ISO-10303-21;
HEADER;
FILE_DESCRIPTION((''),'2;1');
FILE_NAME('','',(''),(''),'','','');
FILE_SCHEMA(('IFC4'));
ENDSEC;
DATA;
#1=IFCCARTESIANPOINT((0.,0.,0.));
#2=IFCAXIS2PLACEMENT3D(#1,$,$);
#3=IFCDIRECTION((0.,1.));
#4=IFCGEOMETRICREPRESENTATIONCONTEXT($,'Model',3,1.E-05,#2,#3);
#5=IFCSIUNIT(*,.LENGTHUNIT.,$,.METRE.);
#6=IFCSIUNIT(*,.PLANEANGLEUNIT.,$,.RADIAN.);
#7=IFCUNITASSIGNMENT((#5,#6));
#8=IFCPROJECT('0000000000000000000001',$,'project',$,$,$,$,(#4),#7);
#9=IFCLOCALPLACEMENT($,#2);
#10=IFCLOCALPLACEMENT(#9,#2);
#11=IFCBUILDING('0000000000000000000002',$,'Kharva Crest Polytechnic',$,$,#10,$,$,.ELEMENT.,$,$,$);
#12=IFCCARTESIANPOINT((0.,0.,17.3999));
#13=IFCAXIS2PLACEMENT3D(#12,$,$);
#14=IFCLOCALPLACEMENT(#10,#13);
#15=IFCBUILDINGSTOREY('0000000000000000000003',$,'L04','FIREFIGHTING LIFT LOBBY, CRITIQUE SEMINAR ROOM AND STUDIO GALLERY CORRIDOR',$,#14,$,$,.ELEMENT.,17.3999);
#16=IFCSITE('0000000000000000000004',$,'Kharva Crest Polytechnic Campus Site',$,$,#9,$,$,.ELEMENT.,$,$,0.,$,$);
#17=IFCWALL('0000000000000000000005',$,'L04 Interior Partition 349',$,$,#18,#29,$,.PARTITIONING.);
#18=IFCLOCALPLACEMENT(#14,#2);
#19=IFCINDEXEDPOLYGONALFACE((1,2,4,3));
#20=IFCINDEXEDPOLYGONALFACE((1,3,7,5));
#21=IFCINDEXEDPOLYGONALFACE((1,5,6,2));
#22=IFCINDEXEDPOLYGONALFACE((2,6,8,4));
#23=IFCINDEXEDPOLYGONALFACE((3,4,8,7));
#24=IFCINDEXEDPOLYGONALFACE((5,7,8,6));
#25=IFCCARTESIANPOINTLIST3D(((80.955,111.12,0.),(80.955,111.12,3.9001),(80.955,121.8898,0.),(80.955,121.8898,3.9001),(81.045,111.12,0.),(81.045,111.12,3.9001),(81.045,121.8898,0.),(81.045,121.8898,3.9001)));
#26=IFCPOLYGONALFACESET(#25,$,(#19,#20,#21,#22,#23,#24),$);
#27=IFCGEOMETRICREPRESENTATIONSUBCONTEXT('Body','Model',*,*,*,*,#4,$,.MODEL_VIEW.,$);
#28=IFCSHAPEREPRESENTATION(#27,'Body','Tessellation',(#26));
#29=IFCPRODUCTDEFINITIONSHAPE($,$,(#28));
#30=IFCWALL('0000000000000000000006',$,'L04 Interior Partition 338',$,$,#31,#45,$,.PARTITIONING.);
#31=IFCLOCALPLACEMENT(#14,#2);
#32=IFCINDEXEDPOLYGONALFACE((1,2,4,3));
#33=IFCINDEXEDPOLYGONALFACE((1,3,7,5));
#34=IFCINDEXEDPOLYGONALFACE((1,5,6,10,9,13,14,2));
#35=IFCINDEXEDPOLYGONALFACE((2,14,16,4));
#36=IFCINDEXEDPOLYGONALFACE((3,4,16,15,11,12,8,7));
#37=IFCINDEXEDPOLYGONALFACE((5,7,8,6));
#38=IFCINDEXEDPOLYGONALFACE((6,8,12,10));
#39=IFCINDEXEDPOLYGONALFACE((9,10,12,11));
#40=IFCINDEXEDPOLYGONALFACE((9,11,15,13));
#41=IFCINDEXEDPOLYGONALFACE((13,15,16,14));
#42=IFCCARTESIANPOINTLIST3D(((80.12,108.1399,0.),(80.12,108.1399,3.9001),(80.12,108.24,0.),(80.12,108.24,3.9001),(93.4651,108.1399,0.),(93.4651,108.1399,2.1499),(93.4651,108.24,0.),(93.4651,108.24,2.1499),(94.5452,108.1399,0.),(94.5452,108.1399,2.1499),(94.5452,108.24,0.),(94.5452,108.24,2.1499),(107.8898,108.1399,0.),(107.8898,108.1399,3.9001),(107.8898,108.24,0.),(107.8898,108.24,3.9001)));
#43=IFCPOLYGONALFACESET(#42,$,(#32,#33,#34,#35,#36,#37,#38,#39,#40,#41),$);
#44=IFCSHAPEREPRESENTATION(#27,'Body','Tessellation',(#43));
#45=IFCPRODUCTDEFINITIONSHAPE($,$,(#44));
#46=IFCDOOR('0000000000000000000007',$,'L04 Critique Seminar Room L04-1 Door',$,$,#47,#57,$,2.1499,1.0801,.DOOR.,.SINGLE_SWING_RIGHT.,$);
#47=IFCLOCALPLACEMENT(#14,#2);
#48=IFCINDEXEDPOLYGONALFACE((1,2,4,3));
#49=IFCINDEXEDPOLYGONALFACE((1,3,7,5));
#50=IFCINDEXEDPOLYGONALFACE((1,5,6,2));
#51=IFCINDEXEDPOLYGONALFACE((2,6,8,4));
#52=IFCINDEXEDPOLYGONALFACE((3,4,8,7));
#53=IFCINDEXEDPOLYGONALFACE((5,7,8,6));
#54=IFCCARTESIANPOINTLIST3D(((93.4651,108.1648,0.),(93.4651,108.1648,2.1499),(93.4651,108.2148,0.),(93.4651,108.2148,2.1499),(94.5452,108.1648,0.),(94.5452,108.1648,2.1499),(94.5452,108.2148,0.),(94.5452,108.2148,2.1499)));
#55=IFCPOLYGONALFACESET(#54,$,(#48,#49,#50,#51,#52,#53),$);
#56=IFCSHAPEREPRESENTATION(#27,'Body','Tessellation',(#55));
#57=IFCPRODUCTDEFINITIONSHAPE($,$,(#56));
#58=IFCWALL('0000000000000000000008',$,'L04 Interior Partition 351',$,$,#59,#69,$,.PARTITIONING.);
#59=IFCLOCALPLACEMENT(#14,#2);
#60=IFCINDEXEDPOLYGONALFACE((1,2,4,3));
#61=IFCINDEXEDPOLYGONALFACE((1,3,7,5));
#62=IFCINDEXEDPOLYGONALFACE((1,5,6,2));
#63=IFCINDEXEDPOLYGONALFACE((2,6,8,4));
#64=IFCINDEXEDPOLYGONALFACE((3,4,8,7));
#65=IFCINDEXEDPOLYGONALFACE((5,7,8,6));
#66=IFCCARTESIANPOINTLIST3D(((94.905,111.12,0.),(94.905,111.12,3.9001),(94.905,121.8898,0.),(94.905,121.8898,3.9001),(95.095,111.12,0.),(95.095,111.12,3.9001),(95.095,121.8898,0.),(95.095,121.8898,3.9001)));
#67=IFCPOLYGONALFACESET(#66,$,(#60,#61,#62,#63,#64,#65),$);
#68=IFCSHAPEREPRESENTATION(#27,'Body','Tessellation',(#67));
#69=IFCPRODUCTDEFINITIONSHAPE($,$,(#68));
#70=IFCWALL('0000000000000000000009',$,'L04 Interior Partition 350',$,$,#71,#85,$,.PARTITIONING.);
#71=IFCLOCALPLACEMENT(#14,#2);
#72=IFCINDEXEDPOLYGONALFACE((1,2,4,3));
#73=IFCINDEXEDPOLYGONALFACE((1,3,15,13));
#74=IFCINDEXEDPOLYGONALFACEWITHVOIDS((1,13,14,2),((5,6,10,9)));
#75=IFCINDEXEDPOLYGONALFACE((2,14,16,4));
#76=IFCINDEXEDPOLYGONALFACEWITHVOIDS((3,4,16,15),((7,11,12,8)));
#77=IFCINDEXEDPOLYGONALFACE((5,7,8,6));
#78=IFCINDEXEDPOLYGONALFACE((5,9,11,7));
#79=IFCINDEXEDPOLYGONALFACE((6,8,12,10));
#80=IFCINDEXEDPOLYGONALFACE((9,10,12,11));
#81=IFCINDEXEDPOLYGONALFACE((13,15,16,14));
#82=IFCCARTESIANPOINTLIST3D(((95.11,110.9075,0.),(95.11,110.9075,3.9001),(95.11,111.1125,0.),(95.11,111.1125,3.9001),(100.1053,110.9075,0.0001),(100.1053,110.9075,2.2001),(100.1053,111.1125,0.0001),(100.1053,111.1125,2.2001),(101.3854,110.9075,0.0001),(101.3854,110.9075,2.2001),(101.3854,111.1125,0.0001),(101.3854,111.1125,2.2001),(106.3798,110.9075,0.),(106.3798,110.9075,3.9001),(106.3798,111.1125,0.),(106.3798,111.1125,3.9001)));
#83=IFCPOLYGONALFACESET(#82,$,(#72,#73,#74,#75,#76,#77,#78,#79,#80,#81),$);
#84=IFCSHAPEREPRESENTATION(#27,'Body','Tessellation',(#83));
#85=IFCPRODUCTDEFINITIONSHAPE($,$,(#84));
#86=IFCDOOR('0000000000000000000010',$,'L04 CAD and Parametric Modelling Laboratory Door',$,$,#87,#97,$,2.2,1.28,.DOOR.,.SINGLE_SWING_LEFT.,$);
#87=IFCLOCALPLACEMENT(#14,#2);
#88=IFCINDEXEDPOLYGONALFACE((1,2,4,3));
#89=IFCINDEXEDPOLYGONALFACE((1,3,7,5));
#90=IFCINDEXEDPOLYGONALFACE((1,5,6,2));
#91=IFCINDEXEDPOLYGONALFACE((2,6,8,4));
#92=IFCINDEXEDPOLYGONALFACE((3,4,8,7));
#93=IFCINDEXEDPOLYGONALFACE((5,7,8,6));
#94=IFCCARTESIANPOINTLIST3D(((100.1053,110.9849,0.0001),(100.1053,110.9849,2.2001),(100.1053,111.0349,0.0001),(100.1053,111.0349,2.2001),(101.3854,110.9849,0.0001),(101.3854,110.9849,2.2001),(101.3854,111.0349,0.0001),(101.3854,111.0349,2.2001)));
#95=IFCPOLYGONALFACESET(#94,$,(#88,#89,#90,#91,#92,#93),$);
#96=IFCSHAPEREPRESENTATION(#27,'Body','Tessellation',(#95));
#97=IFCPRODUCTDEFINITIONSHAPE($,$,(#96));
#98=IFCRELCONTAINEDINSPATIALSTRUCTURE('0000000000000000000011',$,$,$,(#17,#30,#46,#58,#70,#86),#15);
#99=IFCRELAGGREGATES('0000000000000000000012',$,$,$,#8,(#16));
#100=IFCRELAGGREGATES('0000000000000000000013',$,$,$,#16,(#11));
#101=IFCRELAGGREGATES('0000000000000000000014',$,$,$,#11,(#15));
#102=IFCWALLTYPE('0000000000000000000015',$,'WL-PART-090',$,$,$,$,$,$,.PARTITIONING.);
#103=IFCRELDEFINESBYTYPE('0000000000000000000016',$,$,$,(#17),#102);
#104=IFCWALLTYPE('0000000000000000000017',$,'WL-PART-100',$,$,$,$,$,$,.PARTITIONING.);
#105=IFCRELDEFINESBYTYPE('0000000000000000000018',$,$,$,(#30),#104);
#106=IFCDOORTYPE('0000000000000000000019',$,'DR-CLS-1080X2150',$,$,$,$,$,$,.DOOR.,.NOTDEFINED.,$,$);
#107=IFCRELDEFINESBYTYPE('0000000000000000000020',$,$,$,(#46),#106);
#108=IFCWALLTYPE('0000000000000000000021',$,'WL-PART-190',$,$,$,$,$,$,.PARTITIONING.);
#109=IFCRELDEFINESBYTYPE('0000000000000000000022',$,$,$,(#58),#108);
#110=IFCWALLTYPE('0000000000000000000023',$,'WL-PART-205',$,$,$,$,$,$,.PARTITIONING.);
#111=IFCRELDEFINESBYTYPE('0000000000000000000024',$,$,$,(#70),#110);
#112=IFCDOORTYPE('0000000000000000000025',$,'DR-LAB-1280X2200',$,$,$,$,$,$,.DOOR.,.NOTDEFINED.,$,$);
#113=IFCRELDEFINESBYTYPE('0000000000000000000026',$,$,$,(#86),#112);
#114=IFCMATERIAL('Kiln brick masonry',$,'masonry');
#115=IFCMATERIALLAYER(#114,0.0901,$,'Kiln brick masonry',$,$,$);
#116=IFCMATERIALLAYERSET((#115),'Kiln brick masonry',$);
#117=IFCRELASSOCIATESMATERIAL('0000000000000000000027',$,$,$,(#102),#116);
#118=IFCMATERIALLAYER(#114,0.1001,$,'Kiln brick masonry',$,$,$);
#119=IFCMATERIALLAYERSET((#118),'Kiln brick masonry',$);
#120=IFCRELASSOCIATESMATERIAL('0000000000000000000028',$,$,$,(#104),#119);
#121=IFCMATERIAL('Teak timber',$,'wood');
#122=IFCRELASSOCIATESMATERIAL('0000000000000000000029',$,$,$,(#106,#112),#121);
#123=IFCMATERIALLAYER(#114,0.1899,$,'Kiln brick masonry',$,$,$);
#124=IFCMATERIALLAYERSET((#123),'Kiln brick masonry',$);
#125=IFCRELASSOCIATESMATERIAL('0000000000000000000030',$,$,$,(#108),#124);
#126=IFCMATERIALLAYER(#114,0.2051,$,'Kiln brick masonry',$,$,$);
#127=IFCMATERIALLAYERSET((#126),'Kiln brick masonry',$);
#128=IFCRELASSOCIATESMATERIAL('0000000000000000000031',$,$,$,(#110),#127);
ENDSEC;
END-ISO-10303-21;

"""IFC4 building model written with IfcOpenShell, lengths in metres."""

from ifc_helpers import new_model, si_unit, direction, frame, frame_2d, origin, place, context, subcontext, project, spatial, rectangle, extrude, material, layer, layer_set, type_object, element, fill, save


model = new_model("IFC4")

# Units and contexts
model_context = context("Model", 3, precision=1e-05, world=origin(), true_north=direction((0.0, 1.0)))
body_context = subcontext(model_context, "Body", "Model", "MODEL_VIEW")
ifc_project = project(units=[si_unit("LENGTHUNIT", "METRE"), si_unit("PLANEANGLEUNIT", "RADIAN")], contexts=[model_context])

# Site, building, storey
site_placement = place(None, origin())
site = spatial("IfcSite", under=ifc_project, at=site_placement, Name="Kharva Crest Polytechnic Campus Site", CompositionType="ELEMENT", RefElevation=0.0)
building_placement = place(site_placement, origin())
building = spatial("IfcBuilding", under=site, at=building_placement, Name="Kharva Crest Polytechnic", CompositionType="ELEMENT")
storey_placement = place(building_placement, frame((0.0, 0.0, 17.3999)))
storey = spatial("IfcBuildingStorey", under=building, at=storey_placement, Name="L04", Description="FIREFIGHTING LIFT LOBBY, CRITIQUE SEMINAR ROOM AND STUDIO GALLERY CORRIDOR", CompositionType="ELEMENT", Elevation=17.3999)

# Wall
ifc_material_1 = material(Name="Kiln brick masonry", Category="masonry")
ifc_layer_1 = layer(ifc_material_1, 0.0901, Name="Kiln brick masonry")
ifc_layer_set_1 = layer_set([ifc_layer_1], Name="Kiln brick masonry")
wall_type_1 = type_object("IfcWallType", Name="WL-PART-090", PredefinedType="PARTITIONING", material=ifc_layer_set_1)
wall_1_placement = place(storey_placement, frame((81.0, 111.1201, 0.0), z_axis=(0.0, 0.0, 1.0), x_axis=(0.0, 1.0, 0.0)))
element("IfcWall", 1, at=wall_1_placement, inside=storey, type_object=wall_type_1, Name="L04 Interior Partition 349", PredefinedType="PARTITIONING", context=body_context, shape_type="SweptSolid", body=[
    extrude(rectangle(XDim=10.7698, YDim=0.0901, at=frame_2d((5.3848, 0.0))), origin(), (0.0, 0.0, 1.0), 3.9001),
])

# Wall, opening, door
ifc_layer_2 = layer(ifc_material_1, 0.1001, Name="Kiln brick masonry")
ifc_layer_set_2 = layer_set([ifc_layer_2], Name="Kiln brick masonry")
wall_type_2 = type_object("IfcWallType", Name="WL-PART-100", PredefinedType="PARTITIONING", material=ifc_layer_set_2)
wall_2_placement = place(storey_placement, frame((80.1201, 108.1899, 0.0), z_axis=(0.0, 0.0, 1.0), x_axis=(1.0, 0.0, 0.0)))
wall_2 = element("IfcWall", 2, at=wall_2_placement, inside=storey, type_object=wall_type_2, Name="L04 Interior Partition 338", PredefinedType="PARTITIONING", context=body_context, shape_type="SweptSolid", body=[
    extrude(rectangle(XDim=27.7698, YDim=0.1001, at=frame_2d((13.8848, 0.0))), origin(), (0.0, 0.0, 1.0), 3.9001),
])
opening_1_placement = place(wall_2_placement, frame((13.345, 0.0, 0.0)))
opening_1 = element("IfcOpeningElement", 3, at=opening_1_placement, cuts=wall_2, PredefinedType="OPENING", context=body_context, shape_type="SweptSolid", body=[
    extrude(rectangle(XDim=1.0801, YDim=2.1499, at=frame_2d((0.54, 1.075))), frame((0.0, 0.0601, 0.0), z_axis=(0.0, -1.0, 0.0), x_axis=(1.0, 0.0, 0.0)), (0.0, 0.0, 1.0), 0.1201),
])
ifc_material_2 = material(Name="Teak timber", Category="wood")
door_type_1 = type_object("IfcDoorType", Name="DR-CLS-1080X2150", OperationType="NOTDEFINED", PredefinedType="DOOR", material=ifc_material_2)
door_1_placement = place(opening_1_placement, origin())
door_1 = element("IfcDoor", 4, at=door_1_placement, inside=storey, type_object=door_type_1, Name="L04 Critique Seminar Room L04-1 Door", OperationType="SINGLE_SWING_RIGHT", OverallHeight=2.1499, OverallWidth=1.0801, PredefinedType="DOOR", context=body_context, shape_type="SweptSolid", body=[
    extrude(rectangle(XDim=1.0801, YDim=2.1499, at=frame_2d((0.54, 1.075))), frame((0.0, 0.0249, 0.0), z_axis=(0.0, -1.0, 0.0), x_axis=(1.0, 0.0, 0.0)), (0.0, 0.0, 1.0), 0.05),
])
fill(opening_1, door_1)

# Wall
ifc_layer_3 = layer(ifc_material_1, 0.1899, Name="Kiln brick masonry")
ifc_layer_set_3 = layer_set([ifc_layer_3], Name="Kiln brick masonry")
wall_type_3 = type_object("IfcWallType", Name="WL-PART-190", PredefinedType="PARTITIONING", material=ifc_layer_set_3)
wall_3_placement = place(storey_placement, frame((95.0, 111.1201, 0.0), z_axis=(0.0, 0.0, 1.0), x_axis=(0.0, 1.0, 0.0)))
element("IfcWall", 5, at=wall_3_placement, inside=storey, type_object=wall_type_3, Name="L04 Interior Partition 351", PredefinedType="PARTITIONING", context=body_context, shape_type="SweptSolid", body=[
    extrude(rectangle(XDim=10.7698, YDim=0.1899, at=frame_2d((5.3848, 0.0))), origin(), (0.0, 0.0, 1.0), 3.9001),
])

# Wall, opening, door
ifc_layer_4 = layer(ifc_material_1, 0.2051, Name="Kiln brick masonry")
ifc_layer_set_4 = layer_set([ifc_layer_4], Name="Kiln brick masonry")
wall_type_4 = type_object("IfcWallType", Name="WL-PART-205", PredefinedType="PARTITIONING", material=ifc_layer_set_4)
wall_4_placement = place(storey_placement, frame((95.1101, 111.01, 0.0), z_axis=(0.0, 0.0, 1.0), x_axis=(1.0, 0.0, 0.0)))
wall_4 = element("IfcWall", 6, at=wall_4_placement, inside=storey, type_object=wall_type_4, Name="L04 Interior Partition 350", PredefinedType="PARTITIONING", context=body_context, shape_type="SweptSolid", body=[
    extrude(rectangle(XDim=11.2698, YDim=0.2051, at=frame_2d((5.6348, 0.0))), origin(), (0.0, 0.0, 1.0), 3.9001),
])
opening_2_placement = place(wall_4_placement, frame((4.9951, 0.0, 0.0)))
opening_2 = element("IfcOpeningElement", 7, at=opening_2_placement, cuts=wall_4, PredefinedType="OPENING", context=body_context, shape_type="SweptSolid", body=[
    extrude(rectangle(XDim=1.28, YDim=2.2, at=frame_2d((0.6401, 1.1001))), frame((0.0, 0.1125, 0.0), z_axis=(0.0, -1.0, 0.0), x_axis=(1.0, 0.0, 0.0)), (0.0, 0.0, 1.0), 0.2251),
])
door_type_2 = type_object("IfcDoorType", Name="DR-LAB-1280X2200", OperationType="NOTDEFINED", PredefinedType="DOOR", material=ifc_material_2)
door_2_placement = place(opening_2_placement, origin())
door_2 = element("IfcDoor", 8, at=door_2_placement, inside=storey, type_object=door_type_2, Name="L04 CAD and Parametric Modelling Laboratory Door", OperationType="SINGLE_SWING_LEFT", OverallHeight=2.2, OverallWidth=1.28, PredefinedType="DOOR", context=body_context, shape_type="SweptSolid", body=[
    extrude(rectangle(XDim=1.28, YDim=2.2, at=frame_2d((0.6401, 1.1001))), frame((0.0, 0.0249, 0.0), z_axis=(0.0, -1.0, 0.0), x_axis=(1.0, 0.0, 0.0)), (0.0, 0.0, 1.0), 0.05),
])
fill(opening_2, door_2)

save(model, "model.ifc")
